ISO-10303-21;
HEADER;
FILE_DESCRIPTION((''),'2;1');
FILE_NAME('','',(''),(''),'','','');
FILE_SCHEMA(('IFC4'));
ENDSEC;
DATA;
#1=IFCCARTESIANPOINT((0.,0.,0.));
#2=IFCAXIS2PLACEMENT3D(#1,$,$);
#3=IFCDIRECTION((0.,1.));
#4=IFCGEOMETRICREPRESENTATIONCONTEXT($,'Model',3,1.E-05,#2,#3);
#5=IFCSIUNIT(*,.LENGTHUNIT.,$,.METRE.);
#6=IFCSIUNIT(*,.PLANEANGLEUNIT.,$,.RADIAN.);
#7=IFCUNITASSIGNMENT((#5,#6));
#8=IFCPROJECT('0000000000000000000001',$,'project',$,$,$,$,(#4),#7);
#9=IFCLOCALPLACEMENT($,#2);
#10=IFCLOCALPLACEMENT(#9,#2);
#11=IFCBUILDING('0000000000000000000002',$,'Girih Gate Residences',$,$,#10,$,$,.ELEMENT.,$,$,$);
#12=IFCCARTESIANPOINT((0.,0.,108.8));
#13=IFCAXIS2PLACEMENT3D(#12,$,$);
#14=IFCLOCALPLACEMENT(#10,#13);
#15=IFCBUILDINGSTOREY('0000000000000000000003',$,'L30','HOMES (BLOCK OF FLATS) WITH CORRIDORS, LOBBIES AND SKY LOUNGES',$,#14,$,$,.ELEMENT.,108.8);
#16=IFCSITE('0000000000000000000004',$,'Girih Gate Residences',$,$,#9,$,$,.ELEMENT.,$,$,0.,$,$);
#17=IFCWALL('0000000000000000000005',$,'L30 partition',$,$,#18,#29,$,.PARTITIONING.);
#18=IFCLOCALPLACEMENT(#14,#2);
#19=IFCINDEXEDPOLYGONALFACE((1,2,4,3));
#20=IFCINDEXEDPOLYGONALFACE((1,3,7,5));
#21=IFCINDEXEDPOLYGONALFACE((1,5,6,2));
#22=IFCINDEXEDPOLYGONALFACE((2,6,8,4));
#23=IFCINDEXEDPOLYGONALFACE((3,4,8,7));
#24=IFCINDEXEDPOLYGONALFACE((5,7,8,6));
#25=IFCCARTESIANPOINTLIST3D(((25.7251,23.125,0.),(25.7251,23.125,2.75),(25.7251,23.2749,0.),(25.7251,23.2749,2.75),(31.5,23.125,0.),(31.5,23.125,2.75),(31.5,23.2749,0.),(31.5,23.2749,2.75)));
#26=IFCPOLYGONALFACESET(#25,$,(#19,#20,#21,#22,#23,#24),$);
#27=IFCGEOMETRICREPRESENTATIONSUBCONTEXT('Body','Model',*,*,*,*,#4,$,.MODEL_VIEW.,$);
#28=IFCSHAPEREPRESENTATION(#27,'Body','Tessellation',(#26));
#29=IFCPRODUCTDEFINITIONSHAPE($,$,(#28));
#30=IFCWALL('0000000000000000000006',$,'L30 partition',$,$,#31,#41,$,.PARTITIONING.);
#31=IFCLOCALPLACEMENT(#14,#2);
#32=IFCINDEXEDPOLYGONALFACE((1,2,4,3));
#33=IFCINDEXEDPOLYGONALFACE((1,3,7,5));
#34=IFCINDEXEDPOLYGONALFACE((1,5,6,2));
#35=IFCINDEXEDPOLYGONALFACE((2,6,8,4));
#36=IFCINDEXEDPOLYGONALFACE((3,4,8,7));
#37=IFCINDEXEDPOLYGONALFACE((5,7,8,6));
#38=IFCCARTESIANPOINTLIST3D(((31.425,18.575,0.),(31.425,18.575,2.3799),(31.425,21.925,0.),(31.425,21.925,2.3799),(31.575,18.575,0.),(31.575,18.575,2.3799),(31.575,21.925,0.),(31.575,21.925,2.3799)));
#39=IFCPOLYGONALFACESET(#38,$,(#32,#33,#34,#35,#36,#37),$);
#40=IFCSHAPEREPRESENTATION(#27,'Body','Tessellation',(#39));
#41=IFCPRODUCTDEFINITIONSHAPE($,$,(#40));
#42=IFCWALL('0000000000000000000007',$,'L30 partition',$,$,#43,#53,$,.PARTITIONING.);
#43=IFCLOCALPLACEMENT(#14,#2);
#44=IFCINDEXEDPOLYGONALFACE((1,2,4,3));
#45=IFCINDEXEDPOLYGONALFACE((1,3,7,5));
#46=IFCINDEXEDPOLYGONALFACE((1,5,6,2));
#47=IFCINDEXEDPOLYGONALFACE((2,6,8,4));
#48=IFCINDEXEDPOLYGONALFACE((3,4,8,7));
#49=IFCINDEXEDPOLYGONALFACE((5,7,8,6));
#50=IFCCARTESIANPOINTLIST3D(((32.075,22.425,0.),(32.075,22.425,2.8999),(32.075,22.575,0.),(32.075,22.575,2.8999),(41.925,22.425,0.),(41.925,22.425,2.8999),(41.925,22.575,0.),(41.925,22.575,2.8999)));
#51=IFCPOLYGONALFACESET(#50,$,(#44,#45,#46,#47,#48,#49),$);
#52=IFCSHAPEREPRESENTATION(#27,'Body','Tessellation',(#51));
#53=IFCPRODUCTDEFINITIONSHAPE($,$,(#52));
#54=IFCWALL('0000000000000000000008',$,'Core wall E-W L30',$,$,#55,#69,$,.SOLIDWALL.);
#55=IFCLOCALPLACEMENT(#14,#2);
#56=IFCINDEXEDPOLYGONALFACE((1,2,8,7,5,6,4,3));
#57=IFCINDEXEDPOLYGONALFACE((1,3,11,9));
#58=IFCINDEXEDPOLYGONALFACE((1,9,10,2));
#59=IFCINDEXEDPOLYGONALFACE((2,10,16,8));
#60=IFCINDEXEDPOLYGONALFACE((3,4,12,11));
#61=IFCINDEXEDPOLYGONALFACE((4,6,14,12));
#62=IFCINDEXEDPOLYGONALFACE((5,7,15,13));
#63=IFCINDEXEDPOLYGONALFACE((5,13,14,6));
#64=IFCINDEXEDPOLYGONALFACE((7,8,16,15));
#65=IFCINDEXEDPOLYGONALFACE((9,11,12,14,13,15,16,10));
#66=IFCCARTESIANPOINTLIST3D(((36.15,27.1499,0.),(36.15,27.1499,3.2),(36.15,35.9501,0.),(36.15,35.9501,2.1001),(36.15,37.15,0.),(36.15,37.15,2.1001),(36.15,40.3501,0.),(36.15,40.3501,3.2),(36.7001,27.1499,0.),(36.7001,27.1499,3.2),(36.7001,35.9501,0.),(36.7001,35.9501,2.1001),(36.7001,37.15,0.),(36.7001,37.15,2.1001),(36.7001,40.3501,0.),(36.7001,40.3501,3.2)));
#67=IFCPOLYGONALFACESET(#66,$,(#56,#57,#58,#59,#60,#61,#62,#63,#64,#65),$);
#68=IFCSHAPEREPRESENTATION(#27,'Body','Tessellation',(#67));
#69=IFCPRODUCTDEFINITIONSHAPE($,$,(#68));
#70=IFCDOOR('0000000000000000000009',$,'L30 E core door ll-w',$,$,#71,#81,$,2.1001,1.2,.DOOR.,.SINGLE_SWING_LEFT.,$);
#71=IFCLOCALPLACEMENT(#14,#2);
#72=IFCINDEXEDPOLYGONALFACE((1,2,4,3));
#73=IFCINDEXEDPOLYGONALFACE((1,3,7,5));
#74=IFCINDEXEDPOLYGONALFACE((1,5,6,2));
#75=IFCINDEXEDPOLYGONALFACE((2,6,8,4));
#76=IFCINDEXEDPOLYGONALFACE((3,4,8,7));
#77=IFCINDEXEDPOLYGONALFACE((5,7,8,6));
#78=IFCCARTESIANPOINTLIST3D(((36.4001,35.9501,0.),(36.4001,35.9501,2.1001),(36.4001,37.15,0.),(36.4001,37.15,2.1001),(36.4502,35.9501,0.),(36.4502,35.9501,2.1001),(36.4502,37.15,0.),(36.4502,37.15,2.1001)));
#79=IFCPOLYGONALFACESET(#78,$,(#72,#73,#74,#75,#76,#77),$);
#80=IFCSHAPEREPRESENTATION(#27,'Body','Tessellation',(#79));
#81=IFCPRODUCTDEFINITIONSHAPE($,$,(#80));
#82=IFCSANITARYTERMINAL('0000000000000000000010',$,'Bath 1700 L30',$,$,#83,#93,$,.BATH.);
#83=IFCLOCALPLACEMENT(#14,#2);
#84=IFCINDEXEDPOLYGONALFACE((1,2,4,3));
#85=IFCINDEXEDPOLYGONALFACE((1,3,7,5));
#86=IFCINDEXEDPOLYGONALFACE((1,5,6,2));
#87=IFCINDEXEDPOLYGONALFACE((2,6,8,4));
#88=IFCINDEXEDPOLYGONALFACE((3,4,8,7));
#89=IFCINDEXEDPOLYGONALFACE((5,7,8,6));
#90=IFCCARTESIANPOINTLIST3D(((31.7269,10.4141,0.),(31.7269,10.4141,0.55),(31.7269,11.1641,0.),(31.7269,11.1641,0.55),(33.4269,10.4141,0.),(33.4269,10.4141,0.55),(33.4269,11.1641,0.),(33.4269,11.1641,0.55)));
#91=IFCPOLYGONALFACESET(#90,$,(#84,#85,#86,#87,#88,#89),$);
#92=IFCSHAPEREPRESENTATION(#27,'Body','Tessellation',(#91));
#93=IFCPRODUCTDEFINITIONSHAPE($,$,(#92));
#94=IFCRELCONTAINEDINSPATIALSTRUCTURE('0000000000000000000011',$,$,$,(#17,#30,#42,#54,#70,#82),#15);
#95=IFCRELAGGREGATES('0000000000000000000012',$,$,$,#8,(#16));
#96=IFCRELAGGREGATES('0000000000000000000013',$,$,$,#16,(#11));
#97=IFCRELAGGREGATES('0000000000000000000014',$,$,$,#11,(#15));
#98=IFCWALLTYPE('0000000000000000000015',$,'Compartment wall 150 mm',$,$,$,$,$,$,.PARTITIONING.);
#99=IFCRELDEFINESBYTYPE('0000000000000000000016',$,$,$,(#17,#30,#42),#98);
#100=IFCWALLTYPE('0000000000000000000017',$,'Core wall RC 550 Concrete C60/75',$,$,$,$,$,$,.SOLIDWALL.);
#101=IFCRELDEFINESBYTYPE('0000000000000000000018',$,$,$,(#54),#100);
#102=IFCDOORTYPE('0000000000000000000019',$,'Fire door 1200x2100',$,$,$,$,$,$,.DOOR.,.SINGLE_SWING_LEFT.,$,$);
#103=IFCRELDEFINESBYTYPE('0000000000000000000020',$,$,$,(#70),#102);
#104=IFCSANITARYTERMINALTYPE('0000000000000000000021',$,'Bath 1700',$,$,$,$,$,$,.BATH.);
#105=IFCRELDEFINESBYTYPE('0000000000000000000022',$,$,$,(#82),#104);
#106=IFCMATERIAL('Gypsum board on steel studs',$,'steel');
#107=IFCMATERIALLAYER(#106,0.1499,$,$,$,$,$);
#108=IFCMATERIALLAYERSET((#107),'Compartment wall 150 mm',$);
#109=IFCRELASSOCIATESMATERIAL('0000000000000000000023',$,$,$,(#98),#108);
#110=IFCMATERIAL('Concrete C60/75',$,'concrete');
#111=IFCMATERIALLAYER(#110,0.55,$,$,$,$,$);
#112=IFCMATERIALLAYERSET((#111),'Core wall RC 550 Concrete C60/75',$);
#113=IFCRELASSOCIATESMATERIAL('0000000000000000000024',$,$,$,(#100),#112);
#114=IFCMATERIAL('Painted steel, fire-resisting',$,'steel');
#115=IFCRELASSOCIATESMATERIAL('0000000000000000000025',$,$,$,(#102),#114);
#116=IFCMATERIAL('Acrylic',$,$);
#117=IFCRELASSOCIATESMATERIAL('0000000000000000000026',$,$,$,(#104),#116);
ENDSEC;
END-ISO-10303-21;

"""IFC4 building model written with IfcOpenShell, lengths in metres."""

from ifc_helpers import new_model, si_unit, direction, frame, frame_2d, origin, origin_2d, place, context, subcontext, project, spatial, rectangle, extrude, material, layer, layer_set, type_object, element, fill, save


model = new_model("IFC4")

# Units and contexts
model_context = context("Model", 3, precision=1e-05, world=origin(), true_north=direction((0.0, 1.0)))
body_context = subcontext(model_context, "Body", "Model", "MODEL_VIEW")
ifc_project = project(units=[si_unit("LENGTHUNIT", "METRE"), si_unit("PLANEANGLEUNIT", "RADIAN")], contexts=[model_context])

# Site, building, storey
site_placement = place(None, origin())
site = spatial("IfcSite", under=ifc_project, at=site_placement, Name="Girih Gate Residences", CompositionType="ELEMENT", RefElevation=0.0)
building_placement = place(site_placement, origin())
building = spatial("IfcBuilding", under=site, at=building_placement, Name="Girih Gate Residences", CompositionType="ELEMENT")
storey_placement = place(building_placement, frame((0.0, 0.0, 108.8)))
storey = spatial("IfcBuildingStorey", under=building, at=storey_placement, Name="L30", Description="HOMES (BLOCK OF FLATS) WITH CORRIDORS, LOBBIES AND SKY LOUNGES", CompositionType="ELEMENT", Elevation=108.8)

# Shared definitions
ifc_material_1 = material(Name="Concrete C60/75", Category="concrete")

# Shared definitions
ifc_material_2 = material(Name="Gypsum board on steel studs", Category="steel")
ifc_layer_1 = layer(ifc_material_2, 0.1499)
ifc_layer_set_1 = layer_set([ifc_layer_1], Name="Compartment wall 150 mm")
wall_type_1 = type_object("IfcWallType", Name="Compartment wall 150 mm", PredefinedType="PARTITIONING", material=ifc_layer_set_1)

# Walls
wall_1_placement = place(storey_placement, frame((25.7251, 23.2, 0.0), z_axis=(0.0, 0.0, 1.0), x_axis=(1.0, 0.0, 0.0)))
element("IfcWall", 1, at=wall_1_placement, inside=storey, type_object=wall_type_1, Name="L30 partition", PredefinedType="PARTITIONING", context=body_context, shape_type="SweptSolid", body=[
    extrude(rectangle(XDim=5.7749, YDim=0.1499, at=frame_2d((2.8875, 0.0))), origin(), (0.0, 0.0, 1.0), 2.75),
])
wall_2_placement = place(storey_placement, frame((31.5, 18.575, 0.0), z_axis=(0.0, 0.0, 1.0), x_axis=(0.0, 1.0, 0.0)))
element("IfcWall", 2, at=wall_2_placement, inside=storey, type_object=wall_type_1, Name="L30 partition", PredefinedType="PARTITIONING", context=body_context, shape_type="SweptSolid", body=[
    extrude(rectangle(XDim=3.3501, YDim=0.1499, at=frame_2d((1.675, 0.0))), origin(), (0.0, 0.0, 1.0), 2.3799),
])
wall_3_placement = place(storey_placement, frame((32.075, 22.5, 0.0), z_axis=(0.0, 0.0, 1.0), x_axis=(1.0, 0.0, 0.0)))
element("IfcWall", 3, at=wall_3_placement, inside=storey, type_object=wall_type_1, Name="L30 partition", PredefinedType="PARTITIONING", context=body_context, shape_type="SweptSolid", body=[
    extrude(rectangle(XDim=9.8501, YDim=0.1499, at=frame_2d((4.925, 0.0))), origin(), (0.0, 0.0, 1.0), 2.8999),
])

# Wall, opening, door
ifc_layer_2 = layer(ifc_material_1, 0.55)
ifc_layer_set_2 = layer_set([ifc_layer_2], Name="Core wall RC 550 Concrete C60/75")
wall_type_2 = type_object("IfcWallType", Name="Core wall RC 550 Concrete C60/75", PredefinedType="SOLIDWALL", material=ifc_layer_set_2)
wall_4_placement = place(storey_placement, frame((36.425, 27.1499, 0.0), z_axis=(0.0, 0.0, 1.0), x_axis=(0.0, 1.0, 0.0)))
wall_4 = element("IfcWall", 4, at=wall_4_placement, inside=storey, type_object=wall_type_2, Name="Core wall E-W L30", PredefinedType="SOLIDWALL", context=body_context, shape_type="SweptSolid", body=[
    extrude(rectangle(XDim=13.2002, YDim=0.55, at=frame_2d((6.6001, 0.0))), origin(), (0.0, 0.0, 1.0), 3.2),
])
opening_1_placement = place(wall_4_placement, frame((8.8, 0.0, 0.0)))
opening_1 = element("IfcOpeningElement", 5, at=opening_1_placement, cuts=wall_4, PredefinedType="OPENING", context=body_context, shape_type="SweptSolid", body=[
    extrude(rectangle(XDim=1.2, YDim=2.1001, at=frame_2d((0.6001, 1.05))), frame((0.0, 0.2849, 0.0), z_axis=(0.0, -1.0, 0.0), x_axis=(1.0, 0.0, 0.0)), (0.0, 0.0, 1.0), 0.5701),
])
ifc_material_3 = material(Name="Painted steel, fire-resisting", Category="steel")
door_type_1 = type_object("IfcDoorType", Name="Fire door 1200x2100", OperationType="SINGLE_SWING_LEFT", PredefinedType="DOOR", material=ifc_material_3)
door_1_placement = place(opening_1_placement, origin())
door_1 = element("IfcDoor", 6, at=door_1_placement, inside=storey, type_object=door_type_1, Name="L30 E core door ll-w", OperationType="SINGLE_SWING_LEFT", OverallHeight=2.1001, OverallWidth=1.2, PredefinedType="DOOR", context=body_context, shape_type="SweptSolid", body=[
    extrude(rectangle(XDim=1.2, YDim=2.1001, at=frame_2d((0.6001, 1.05))), frame((0.0, 0.0249, 0.0), z_axis=(0.0, -1.0, 0.0), x_axis=(1.0, 0.0, 0.0)), (0.0, 0.0, 1.0), 0.05),
])
fill(opening_1, door_1)

# Sanitary terminal
ifc_material_4 = material(Name="Acrylic")
sanitary_terminal_type = type_object("IfcSanitaryTerminalType", Name="Bath 1700", PredefinedType="BATH", material=ifc_material_4)
sanitary_terminal_placement = place(storey_placement, frame((32.5769, 10.7891, 0.0), z_axis=(0.0, 0.0, 1.0), x_axis=(1.0, 0.0, 0.0)))
element("IfcSanitaryTerminal", 7, at=sanitary_terminal_placement, inside=storey, type_object=sanitary_terminal_type, Name="Bath 1700 L30", PredefinedType="BATH", context=body_context, shape_type="SweptSolid", body=[
    extrude(rectangle(XDim=1.7, YDim=0.75, at=origin_2d()), origin(), (0.0, 0.0, 1.0), 0.55),
])

save(model, "model.ifc")
